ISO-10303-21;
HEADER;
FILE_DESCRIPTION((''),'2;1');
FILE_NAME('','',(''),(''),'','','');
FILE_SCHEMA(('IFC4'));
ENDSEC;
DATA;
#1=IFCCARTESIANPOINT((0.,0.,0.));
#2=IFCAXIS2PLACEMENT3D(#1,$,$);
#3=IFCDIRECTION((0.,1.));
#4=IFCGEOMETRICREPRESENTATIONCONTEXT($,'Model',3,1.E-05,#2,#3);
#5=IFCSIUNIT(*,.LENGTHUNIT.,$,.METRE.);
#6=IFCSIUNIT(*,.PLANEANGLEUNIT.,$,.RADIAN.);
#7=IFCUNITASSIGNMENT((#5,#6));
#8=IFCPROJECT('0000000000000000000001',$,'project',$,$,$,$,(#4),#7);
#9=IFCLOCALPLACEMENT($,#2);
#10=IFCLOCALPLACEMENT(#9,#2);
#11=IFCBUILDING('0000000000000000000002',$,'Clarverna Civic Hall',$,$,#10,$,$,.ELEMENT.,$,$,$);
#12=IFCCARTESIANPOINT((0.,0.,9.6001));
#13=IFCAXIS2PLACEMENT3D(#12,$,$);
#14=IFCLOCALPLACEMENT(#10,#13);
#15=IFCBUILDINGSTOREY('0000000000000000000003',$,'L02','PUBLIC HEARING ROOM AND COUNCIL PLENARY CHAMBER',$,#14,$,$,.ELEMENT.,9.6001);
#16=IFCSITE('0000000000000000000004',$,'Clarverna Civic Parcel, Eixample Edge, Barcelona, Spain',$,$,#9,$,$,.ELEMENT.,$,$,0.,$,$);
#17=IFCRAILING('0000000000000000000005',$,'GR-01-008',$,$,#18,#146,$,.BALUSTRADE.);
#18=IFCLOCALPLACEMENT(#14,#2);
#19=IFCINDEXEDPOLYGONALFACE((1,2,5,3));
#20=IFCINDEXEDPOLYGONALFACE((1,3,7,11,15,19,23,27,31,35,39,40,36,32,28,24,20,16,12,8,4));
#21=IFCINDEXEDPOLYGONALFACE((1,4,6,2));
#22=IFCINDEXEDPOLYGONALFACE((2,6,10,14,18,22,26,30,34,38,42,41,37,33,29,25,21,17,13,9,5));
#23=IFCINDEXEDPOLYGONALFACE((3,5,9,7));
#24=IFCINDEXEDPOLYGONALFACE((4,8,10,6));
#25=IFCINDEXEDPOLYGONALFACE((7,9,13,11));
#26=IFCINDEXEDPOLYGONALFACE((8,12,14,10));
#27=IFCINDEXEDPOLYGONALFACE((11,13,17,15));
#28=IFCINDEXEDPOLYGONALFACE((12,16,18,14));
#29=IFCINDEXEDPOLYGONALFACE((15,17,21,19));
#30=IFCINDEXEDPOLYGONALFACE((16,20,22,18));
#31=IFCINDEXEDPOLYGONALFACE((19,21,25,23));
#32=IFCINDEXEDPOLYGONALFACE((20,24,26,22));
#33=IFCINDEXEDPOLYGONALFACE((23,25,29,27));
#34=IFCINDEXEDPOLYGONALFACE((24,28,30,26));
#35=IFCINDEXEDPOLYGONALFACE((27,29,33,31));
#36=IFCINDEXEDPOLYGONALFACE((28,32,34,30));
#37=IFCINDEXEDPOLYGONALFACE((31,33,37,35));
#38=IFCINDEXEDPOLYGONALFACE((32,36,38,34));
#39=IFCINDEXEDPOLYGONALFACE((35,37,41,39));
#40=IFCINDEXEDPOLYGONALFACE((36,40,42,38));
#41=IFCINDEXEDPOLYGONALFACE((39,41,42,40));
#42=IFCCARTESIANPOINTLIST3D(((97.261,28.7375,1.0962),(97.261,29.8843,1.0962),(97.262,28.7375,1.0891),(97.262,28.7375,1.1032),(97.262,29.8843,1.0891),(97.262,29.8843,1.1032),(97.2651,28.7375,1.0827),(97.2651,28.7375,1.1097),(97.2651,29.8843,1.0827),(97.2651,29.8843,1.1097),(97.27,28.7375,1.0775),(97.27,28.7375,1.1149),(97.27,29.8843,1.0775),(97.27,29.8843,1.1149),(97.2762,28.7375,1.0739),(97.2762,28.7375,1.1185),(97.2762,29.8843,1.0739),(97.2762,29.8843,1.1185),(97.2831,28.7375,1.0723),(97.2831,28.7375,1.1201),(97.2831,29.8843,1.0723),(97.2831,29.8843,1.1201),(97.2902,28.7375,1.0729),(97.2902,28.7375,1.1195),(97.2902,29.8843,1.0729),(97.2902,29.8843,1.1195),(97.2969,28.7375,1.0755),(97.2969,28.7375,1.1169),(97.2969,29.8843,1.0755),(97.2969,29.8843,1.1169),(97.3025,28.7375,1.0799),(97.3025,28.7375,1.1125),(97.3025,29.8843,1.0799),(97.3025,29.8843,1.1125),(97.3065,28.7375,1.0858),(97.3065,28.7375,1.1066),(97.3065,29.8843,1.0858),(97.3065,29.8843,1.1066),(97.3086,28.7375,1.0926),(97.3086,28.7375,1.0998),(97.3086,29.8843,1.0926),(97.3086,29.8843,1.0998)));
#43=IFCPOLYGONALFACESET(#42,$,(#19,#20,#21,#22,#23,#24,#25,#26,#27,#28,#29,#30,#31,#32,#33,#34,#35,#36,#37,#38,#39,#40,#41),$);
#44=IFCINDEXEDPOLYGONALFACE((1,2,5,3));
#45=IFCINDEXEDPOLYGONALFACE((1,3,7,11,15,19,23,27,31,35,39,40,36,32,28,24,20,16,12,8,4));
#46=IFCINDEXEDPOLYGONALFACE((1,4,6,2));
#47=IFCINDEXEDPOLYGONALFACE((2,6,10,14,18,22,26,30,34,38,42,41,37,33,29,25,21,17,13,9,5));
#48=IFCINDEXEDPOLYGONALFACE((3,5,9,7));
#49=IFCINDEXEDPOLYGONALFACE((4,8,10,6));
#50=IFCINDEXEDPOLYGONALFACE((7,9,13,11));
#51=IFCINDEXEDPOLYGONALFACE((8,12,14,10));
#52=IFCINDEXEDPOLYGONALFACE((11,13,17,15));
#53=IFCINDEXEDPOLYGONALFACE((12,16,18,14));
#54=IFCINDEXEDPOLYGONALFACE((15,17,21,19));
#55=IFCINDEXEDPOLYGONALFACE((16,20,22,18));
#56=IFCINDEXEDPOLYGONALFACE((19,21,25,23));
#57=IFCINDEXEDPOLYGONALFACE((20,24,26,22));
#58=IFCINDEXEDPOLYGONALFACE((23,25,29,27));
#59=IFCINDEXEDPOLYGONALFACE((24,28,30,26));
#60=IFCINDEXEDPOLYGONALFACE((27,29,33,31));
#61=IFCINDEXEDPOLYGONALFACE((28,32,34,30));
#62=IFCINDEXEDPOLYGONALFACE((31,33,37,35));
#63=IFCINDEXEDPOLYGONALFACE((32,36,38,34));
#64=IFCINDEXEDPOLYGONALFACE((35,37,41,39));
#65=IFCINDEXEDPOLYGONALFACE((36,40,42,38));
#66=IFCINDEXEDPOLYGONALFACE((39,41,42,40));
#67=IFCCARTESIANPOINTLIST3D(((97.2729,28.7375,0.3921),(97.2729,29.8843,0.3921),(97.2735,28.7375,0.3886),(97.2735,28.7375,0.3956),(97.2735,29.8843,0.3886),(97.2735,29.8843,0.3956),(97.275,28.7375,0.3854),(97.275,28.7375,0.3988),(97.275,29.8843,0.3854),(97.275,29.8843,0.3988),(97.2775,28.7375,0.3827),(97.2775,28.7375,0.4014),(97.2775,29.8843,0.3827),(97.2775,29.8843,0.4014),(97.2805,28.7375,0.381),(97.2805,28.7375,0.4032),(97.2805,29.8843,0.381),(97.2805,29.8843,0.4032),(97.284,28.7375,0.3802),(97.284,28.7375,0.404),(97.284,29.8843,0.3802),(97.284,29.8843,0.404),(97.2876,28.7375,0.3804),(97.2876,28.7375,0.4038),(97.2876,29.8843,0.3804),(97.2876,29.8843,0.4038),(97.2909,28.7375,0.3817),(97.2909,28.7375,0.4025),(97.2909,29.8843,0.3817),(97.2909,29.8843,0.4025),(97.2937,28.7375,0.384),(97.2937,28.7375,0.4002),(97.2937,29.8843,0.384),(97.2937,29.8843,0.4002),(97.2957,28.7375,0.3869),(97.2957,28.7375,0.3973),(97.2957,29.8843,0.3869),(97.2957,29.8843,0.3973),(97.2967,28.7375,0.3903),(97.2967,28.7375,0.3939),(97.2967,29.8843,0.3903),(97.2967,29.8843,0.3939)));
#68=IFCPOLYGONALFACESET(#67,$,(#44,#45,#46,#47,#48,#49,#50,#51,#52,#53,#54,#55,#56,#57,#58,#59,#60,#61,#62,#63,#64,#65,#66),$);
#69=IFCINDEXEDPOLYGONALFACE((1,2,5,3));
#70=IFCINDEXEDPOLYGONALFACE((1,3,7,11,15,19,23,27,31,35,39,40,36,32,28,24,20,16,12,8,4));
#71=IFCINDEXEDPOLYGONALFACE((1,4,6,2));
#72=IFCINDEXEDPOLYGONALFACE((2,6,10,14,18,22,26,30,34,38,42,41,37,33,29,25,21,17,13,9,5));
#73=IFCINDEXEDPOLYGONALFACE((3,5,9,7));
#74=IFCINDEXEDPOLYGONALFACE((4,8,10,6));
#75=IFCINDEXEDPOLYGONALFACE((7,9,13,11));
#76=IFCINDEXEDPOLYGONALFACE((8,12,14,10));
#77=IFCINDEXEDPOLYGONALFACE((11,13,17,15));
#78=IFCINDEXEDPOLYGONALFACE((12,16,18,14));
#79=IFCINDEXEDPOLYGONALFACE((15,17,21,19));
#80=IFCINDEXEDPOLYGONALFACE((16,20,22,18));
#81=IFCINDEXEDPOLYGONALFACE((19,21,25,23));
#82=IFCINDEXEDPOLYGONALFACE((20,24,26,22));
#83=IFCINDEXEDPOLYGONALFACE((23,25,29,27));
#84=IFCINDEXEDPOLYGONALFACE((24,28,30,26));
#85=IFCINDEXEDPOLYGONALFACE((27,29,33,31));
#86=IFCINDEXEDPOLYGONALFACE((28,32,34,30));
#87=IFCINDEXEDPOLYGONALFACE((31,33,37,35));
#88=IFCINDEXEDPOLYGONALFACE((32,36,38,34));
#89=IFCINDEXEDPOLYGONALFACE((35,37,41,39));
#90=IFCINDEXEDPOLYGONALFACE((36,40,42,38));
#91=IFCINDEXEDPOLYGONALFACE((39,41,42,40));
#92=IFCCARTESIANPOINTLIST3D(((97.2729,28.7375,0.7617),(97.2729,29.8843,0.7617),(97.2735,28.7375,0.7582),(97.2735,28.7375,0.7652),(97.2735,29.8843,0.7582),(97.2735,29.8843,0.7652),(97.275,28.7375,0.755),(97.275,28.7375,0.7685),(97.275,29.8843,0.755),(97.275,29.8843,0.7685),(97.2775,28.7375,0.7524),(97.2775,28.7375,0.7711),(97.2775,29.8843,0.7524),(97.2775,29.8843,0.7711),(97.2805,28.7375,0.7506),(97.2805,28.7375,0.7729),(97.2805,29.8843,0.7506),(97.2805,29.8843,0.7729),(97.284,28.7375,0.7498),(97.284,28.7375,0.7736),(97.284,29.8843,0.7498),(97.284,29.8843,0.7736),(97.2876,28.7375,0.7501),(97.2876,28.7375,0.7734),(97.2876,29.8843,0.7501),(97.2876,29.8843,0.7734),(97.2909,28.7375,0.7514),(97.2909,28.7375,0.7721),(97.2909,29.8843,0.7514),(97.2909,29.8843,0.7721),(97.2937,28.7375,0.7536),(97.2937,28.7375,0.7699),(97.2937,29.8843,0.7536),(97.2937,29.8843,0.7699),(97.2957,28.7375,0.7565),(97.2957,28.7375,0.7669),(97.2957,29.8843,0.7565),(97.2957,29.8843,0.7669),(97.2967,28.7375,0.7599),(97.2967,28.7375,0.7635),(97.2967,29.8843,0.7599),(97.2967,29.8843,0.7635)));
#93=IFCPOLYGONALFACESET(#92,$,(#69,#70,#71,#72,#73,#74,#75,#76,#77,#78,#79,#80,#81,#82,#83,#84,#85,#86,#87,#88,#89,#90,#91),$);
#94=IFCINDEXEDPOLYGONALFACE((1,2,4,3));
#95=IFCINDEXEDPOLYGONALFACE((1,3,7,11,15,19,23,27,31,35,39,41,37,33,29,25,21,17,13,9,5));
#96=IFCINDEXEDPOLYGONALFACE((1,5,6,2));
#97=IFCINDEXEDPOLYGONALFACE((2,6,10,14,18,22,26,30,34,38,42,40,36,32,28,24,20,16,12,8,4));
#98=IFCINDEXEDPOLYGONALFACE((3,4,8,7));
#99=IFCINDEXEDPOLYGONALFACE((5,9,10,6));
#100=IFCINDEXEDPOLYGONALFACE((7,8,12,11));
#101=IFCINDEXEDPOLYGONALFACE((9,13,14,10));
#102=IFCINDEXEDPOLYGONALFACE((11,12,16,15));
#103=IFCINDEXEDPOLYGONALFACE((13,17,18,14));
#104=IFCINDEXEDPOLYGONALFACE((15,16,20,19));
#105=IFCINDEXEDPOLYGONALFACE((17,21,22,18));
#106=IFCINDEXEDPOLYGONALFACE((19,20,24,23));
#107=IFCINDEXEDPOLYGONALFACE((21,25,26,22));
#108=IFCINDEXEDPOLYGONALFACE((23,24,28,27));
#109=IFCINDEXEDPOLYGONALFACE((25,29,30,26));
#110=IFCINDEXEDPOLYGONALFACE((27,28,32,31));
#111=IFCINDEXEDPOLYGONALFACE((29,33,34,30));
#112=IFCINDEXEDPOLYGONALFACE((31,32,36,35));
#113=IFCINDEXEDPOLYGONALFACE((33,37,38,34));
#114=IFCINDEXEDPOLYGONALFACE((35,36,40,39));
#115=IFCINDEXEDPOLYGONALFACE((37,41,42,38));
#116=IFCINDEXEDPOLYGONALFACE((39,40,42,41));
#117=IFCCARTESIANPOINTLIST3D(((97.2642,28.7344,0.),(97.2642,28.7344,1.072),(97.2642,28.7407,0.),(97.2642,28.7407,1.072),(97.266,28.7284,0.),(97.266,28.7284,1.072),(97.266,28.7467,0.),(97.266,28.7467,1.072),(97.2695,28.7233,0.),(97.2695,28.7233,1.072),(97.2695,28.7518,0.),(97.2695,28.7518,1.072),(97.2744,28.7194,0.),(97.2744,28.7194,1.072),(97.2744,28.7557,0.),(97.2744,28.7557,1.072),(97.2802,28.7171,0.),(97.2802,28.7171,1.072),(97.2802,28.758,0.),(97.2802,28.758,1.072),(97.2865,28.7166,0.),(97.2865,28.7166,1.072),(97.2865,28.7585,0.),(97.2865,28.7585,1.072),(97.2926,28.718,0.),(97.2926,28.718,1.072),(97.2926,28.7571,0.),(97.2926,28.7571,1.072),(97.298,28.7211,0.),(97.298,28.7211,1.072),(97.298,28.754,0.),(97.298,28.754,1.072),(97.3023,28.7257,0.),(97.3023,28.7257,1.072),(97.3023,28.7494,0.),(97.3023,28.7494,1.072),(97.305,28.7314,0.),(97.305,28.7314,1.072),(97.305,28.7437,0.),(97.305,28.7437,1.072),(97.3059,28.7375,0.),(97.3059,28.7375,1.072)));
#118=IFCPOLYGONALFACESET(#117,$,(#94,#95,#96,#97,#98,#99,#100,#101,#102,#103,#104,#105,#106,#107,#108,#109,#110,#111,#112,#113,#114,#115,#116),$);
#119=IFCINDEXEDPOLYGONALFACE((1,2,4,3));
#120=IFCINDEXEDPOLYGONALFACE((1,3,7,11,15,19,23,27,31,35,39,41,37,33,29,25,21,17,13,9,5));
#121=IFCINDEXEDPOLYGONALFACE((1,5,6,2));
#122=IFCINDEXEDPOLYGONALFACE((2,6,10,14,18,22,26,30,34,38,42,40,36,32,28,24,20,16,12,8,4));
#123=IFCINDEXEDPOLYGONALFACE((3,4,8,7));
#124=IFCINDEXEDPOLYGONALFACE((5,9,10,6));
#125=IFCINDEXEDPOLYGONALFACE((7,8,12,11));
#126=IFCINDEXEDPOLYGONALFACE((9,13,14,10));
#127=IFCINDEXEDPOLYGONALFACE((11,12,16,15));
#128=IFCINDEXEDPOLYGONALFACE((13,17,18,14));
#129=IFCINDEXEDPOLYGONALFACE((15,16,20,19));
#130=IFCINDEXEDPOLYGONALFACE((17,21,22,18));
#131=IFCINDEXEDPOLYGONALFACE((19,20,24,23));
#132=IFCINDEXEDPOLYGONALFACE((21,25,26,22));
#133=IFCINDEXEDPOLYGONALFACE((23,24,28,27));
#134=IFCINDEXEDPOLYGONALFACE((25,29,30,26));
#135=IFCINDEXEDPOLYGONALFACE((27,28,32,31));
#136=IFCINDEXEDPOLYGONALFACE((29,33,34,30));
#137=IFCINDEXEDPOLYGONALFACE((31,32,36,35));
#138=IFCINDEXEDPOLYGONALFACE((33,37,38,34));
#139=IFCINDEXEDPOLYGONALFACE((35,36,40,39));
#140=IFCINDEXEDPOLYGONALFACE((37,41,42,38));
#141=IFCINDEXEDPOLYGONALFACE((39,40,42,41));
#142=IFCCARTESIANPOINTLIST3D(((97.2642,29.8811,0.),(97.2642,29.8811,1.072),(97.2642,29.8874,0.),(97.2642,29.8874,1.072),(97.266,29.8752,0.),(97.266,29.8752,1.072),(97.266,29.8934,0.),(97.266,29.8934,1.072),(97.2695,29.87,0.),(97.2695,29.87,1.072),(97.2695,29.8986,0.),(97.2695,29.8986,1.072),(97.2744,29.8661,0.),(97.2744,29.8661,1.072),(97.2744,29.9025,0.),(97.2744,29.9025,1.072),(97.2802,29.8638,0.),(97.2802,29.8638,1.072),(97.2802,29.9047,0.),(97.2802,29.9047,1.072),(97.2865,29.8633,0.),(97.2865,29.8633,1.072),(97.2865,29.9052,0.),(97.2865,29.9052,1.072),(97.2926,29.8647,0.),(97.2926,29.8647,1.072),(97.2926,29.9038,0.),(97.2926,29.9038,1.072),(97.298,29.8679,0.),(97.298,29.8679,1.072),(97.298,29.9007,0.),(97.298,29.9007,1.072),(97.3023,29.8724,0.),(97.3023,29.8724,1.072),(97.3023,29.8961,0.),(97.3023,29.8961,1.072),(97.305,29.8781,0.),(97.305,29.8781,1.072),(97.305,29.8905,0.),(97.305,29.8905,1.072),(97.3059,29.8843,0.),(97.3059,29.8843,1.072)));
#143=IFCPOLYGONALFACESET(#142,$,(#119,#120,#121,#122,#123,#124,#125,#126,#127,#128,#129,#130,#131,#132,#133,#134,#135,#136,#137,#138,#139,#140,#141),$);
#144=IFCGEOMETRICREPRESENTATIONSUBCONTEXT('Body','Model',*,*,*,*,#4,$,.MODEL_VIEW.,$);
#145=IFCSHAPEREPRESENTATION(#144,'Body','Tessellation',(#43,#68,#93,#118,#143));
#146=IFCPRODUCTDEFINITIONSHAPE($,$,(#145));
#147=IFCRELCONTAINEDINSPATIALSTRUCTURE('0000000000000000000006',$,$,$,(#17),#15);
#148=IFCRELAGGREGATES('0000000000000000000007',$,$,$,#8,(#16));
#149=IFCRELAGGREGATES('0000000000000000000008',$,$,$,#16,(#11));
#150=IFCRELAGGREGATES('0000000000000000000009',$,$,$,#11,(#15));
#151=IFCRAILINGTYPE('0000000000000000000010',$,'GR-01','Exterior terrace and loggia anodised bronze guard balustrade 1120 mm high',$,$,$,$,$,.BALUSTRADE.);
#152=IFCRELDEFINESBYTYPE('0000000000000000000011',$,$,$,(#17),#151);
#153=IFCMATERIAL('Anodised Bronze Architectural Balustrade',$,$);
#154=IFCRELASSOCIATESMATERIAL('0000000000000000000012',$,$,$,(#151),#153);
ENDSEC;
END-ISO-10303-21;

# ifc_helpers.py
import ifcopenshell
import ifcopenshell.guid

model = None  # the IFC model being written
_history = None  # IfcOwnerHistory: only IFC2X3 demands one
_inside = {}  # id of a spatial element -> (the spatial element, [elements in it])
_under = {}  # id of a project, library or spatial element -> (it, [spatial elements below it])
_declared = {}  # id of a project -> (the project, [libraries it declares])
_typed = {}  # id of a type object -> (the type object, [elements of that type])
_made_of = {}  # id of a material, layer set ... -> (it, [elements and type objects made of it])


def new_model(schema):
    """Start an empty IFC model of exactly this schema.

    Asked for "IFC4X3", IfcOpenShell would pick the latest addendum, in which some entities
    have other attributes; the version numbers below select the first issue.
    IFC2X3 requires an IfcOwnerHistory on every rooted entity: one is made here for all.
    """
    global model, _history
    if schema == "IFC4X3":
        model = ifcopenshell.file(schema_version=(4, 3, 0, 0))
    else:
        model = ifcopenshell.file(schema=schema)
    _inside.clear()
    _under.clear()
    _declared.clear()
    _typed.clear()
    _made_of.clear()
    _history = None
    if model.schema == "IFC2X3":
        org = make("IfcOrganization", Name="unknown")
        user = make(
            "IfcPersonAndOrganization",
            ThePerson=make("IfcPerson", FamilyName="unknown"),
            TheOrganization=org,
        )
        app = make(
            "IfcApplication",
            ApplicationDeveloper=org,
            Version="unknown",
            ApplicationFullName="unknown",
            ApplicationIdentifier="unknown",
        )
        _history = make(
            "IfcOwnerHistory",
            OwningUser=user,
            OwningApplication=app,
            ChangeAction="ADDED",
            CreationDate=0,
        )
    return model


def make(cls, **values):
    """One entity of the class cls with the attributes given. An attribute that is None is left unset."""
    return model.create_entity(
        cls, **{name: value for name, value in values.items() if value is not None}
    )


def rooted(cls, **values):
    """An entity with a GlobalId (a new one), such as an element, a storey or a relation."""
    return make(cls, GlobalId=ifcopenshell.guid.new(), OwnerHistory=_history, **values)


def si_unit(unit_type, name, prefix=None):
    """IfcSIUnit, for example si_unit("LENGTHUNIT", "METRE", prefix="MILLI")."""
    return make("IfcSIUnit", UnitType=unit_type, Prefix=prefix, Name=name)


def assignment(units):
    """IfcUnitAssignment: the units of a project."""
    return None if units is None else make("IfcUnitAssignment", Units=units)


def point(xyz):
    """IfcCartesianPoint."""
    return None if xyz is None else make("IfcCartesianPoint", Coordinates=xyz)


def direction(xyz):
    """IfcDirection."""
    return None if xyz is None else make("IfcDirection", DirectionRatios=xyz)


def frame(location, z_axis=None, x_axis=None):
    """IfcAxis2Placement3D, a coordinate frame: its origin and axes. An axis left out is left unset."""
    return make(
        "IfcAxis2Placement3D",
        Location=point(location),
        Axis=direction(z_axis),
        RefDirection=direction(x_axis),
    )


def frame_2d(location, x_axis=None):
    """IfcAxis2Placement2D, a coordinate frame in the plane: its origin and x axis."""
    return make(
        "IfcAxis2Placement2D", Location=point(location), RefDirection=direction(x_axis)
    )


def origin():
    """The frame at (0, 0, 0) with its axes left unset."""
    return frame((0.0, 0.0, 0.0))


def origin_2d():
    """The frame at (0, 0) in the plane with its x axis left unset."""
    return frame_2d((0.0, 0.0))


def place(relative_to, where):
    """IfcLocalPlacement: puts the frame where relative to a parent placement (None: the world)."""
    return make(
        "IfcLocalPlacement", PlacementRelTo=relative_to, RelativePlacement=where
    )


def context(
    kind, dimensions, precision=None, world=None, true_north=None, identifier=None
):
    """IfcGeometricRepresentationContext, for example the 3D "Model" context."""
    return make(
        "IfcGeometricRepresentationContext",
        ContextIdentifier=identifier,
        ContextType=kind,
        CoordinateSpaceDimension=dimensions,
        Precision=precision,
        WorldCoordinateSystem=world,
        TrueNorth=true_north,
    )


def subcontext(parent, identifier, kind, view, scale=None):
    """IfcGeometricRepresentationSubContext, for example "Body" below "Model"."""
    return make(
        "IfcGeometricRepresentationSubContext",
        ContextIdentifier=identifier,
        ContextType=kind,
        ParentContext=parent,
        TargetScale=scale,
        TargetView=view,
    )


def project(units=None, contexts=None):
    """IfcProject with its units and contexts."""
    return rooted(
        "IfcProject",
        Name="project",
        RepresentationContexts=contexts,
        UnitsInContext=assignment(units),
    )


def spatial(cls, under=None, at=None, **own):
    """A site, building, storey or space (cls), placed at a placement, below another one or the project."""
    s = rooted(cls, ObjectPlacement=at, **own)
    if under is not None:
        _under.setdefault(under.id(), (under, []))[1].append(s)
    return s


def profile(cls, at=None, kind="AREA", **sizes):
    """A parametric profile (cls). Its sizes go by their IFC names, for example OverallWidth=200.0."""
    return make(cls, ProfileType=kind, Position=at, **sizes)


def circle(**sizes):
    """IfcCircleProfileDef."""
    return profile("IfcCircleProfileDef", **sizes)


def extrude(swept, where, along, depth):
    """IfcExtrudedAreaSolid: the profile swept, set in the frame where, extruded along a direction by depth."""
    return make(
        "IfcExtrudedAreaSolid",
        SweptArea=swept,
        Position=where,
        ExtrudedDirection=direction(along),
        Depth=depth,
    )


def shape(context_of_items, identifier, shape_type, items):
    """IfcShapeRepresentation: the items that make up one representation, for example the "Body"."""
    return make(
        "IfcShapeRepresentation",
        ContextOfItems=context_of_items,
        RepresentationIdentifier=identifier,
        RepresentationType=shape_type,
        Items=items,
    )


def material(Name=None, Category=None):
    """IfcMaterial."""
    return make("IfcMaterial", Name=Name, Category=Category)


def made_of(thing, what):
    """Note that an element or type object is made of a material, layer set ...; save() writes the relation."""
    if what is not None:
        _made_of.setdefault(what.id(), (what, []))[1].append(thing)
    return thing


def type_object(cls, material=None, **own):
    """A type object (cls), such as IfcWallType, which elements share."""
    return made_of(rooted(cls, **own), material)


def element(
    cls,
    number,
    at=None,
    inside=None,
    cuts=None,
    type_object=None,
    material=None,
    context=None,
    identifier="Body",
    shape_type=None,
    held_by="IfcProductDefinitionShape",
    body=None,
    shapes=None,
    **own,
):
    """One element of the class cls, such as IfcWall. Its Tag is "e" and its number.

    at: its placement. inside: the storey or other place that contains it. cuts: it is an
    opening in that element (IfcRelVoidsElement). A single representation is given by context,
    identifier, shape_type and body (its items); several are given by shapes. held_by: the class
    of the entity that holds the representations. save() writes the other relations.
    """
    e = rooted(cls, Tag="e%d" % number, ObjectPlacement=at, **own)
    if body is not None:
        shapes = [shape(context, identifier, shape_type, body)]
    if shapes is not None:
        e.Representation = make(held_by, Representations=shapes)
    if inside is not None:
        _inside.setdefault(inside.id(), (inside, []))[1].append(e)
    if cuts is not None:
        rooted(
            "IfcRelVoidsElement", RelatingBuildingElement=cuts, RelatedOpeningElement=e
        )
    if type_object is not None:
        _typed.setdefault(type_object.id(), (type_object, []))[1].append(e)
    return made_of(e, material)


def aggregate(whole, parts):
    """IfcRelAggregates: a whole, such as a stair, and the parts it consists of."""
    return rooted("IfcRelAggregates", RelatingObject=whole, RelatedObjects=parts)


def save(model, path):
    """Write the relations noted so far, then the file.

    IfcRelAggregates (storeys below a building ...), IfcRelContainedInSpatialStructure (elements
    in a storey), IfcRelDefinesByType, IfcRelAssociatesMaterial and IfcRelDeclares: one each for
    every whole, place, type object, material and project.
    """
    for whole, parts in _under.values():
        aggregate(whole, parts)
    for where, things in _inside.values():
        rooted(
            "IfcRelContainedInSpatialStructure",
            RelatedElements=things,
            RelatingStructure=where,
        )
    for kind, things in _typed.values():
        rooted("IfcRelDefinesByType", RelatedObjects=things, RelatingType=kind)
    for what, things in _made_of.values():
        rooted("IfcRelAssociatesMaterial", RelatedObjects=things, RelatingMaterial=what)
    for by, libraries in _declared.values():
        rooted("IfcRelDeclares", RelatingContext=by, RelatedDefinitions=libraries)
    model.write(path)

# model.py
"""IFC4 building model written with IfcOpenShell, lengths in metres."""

from ifc_helpers import new_model, si_unit, direction, frame, origin, origin_2d, place, context, subcontext, project, spatial, circle, extrude, material, type_object, element, save


model = new_model("IFC4")

# Units and contexts
model_context = context("Model", 3, precision=1e-05, world=origin(), true_north=direction((0.0, 1.0)))
body_context = subcontext(model_context, "Body", "Model", "MODEL_VIEW")
ifc_project = project(units=[si_unit("LENGTHUNIT", "METRE"), si_unit("PLANEANGLEUNIT", "RADIAN")], contexts=[model_context])

# Site, building, storey
site_placement = place(None, origin())
site = spatial("IfcSite", under=ifc_project, at=site_placement, Name="Clarverna Civic Parcel, Eixample Edge, Barcelona, Spain", CompositionType="ELEMENT", RefElevation=0.0)
building_placement = place(site_placement, origin())
building = spatial("IfcBuilding", under=site, at=building_placement, Name="Clarverna Civic Hall", CompositionType="ELEMENT")
storey_placement = place(building_placement, frame((0.0, 0.0, 9.6001)))
storey = spatial("IfcBuildingStorey", under=building, at=storey_placement, Name="L02", Description="PUBLIC HEARING ROOM AND COUNCIL PLENARY CHAMBER", CompositionType="ELEMENT", Elevation=9.6001)

# Railing
ifc_material_1 = material(Name="Anodised Bronze Architectural Balustrade")
railing_type_1 = type_object("IfcRailingType", Name="GR-01", Description="Exterior terrace and loggia anodised bronze guard balustrade 1120 mm high", PredefinedType="BALUSTRADE", material=ifc_material_1)
railing_1_placement = place(storey_placement, frame((97.2849, 28.7375, 0.0)))
element("IfcRailing", 1, at=railing_1_placement, inside=storey, type_object=railing_type_1, Name="GR-01-008", PredefinedType="BALUSTRADE", context=body_context, shape_type="SweptSolid", body=[
    extrude(circle(Radius=0.0239, at=origin_2d()), frame((0.0, 0.0, 1.0962), z_axis=(0.0, 1.0, 0.0), x_axis=(-1.0, 0.0, 0.0)), (0.0, 0.0, 1.0), 1.1467),
    extrude(circle(Radius=0.012, at=origin_2d()), frame((0.0, 0.0, 0.3921), z_axis=(0.0, 1.0, 0.0), x_axis=(-1.0, 0.0, 0.0)), (0.0, 0.0, 1.0), 1.1467),
    extrude(circle(Radius=0.012, at=origin_2d()), frame((0.0, 0.0, 0.7617), z_axis=(0.0, 1.0, 0.0), x_axis=(-1.0, 0.0, 0.0)), (0.0, 0.0, 1.0), 1.1467),
    extrude(circle(Radius=0.021, at=origin_2d()), origin(), (0.0, 0.0, 1.0), 1.072),
    extrude(circle(Radius=0.021, at=origin_2d()), frame((0.0, 1.1467, 0.0)), (0.0, 0.0, 1.0), 1.072),
])

save(model, "model.ifc")
